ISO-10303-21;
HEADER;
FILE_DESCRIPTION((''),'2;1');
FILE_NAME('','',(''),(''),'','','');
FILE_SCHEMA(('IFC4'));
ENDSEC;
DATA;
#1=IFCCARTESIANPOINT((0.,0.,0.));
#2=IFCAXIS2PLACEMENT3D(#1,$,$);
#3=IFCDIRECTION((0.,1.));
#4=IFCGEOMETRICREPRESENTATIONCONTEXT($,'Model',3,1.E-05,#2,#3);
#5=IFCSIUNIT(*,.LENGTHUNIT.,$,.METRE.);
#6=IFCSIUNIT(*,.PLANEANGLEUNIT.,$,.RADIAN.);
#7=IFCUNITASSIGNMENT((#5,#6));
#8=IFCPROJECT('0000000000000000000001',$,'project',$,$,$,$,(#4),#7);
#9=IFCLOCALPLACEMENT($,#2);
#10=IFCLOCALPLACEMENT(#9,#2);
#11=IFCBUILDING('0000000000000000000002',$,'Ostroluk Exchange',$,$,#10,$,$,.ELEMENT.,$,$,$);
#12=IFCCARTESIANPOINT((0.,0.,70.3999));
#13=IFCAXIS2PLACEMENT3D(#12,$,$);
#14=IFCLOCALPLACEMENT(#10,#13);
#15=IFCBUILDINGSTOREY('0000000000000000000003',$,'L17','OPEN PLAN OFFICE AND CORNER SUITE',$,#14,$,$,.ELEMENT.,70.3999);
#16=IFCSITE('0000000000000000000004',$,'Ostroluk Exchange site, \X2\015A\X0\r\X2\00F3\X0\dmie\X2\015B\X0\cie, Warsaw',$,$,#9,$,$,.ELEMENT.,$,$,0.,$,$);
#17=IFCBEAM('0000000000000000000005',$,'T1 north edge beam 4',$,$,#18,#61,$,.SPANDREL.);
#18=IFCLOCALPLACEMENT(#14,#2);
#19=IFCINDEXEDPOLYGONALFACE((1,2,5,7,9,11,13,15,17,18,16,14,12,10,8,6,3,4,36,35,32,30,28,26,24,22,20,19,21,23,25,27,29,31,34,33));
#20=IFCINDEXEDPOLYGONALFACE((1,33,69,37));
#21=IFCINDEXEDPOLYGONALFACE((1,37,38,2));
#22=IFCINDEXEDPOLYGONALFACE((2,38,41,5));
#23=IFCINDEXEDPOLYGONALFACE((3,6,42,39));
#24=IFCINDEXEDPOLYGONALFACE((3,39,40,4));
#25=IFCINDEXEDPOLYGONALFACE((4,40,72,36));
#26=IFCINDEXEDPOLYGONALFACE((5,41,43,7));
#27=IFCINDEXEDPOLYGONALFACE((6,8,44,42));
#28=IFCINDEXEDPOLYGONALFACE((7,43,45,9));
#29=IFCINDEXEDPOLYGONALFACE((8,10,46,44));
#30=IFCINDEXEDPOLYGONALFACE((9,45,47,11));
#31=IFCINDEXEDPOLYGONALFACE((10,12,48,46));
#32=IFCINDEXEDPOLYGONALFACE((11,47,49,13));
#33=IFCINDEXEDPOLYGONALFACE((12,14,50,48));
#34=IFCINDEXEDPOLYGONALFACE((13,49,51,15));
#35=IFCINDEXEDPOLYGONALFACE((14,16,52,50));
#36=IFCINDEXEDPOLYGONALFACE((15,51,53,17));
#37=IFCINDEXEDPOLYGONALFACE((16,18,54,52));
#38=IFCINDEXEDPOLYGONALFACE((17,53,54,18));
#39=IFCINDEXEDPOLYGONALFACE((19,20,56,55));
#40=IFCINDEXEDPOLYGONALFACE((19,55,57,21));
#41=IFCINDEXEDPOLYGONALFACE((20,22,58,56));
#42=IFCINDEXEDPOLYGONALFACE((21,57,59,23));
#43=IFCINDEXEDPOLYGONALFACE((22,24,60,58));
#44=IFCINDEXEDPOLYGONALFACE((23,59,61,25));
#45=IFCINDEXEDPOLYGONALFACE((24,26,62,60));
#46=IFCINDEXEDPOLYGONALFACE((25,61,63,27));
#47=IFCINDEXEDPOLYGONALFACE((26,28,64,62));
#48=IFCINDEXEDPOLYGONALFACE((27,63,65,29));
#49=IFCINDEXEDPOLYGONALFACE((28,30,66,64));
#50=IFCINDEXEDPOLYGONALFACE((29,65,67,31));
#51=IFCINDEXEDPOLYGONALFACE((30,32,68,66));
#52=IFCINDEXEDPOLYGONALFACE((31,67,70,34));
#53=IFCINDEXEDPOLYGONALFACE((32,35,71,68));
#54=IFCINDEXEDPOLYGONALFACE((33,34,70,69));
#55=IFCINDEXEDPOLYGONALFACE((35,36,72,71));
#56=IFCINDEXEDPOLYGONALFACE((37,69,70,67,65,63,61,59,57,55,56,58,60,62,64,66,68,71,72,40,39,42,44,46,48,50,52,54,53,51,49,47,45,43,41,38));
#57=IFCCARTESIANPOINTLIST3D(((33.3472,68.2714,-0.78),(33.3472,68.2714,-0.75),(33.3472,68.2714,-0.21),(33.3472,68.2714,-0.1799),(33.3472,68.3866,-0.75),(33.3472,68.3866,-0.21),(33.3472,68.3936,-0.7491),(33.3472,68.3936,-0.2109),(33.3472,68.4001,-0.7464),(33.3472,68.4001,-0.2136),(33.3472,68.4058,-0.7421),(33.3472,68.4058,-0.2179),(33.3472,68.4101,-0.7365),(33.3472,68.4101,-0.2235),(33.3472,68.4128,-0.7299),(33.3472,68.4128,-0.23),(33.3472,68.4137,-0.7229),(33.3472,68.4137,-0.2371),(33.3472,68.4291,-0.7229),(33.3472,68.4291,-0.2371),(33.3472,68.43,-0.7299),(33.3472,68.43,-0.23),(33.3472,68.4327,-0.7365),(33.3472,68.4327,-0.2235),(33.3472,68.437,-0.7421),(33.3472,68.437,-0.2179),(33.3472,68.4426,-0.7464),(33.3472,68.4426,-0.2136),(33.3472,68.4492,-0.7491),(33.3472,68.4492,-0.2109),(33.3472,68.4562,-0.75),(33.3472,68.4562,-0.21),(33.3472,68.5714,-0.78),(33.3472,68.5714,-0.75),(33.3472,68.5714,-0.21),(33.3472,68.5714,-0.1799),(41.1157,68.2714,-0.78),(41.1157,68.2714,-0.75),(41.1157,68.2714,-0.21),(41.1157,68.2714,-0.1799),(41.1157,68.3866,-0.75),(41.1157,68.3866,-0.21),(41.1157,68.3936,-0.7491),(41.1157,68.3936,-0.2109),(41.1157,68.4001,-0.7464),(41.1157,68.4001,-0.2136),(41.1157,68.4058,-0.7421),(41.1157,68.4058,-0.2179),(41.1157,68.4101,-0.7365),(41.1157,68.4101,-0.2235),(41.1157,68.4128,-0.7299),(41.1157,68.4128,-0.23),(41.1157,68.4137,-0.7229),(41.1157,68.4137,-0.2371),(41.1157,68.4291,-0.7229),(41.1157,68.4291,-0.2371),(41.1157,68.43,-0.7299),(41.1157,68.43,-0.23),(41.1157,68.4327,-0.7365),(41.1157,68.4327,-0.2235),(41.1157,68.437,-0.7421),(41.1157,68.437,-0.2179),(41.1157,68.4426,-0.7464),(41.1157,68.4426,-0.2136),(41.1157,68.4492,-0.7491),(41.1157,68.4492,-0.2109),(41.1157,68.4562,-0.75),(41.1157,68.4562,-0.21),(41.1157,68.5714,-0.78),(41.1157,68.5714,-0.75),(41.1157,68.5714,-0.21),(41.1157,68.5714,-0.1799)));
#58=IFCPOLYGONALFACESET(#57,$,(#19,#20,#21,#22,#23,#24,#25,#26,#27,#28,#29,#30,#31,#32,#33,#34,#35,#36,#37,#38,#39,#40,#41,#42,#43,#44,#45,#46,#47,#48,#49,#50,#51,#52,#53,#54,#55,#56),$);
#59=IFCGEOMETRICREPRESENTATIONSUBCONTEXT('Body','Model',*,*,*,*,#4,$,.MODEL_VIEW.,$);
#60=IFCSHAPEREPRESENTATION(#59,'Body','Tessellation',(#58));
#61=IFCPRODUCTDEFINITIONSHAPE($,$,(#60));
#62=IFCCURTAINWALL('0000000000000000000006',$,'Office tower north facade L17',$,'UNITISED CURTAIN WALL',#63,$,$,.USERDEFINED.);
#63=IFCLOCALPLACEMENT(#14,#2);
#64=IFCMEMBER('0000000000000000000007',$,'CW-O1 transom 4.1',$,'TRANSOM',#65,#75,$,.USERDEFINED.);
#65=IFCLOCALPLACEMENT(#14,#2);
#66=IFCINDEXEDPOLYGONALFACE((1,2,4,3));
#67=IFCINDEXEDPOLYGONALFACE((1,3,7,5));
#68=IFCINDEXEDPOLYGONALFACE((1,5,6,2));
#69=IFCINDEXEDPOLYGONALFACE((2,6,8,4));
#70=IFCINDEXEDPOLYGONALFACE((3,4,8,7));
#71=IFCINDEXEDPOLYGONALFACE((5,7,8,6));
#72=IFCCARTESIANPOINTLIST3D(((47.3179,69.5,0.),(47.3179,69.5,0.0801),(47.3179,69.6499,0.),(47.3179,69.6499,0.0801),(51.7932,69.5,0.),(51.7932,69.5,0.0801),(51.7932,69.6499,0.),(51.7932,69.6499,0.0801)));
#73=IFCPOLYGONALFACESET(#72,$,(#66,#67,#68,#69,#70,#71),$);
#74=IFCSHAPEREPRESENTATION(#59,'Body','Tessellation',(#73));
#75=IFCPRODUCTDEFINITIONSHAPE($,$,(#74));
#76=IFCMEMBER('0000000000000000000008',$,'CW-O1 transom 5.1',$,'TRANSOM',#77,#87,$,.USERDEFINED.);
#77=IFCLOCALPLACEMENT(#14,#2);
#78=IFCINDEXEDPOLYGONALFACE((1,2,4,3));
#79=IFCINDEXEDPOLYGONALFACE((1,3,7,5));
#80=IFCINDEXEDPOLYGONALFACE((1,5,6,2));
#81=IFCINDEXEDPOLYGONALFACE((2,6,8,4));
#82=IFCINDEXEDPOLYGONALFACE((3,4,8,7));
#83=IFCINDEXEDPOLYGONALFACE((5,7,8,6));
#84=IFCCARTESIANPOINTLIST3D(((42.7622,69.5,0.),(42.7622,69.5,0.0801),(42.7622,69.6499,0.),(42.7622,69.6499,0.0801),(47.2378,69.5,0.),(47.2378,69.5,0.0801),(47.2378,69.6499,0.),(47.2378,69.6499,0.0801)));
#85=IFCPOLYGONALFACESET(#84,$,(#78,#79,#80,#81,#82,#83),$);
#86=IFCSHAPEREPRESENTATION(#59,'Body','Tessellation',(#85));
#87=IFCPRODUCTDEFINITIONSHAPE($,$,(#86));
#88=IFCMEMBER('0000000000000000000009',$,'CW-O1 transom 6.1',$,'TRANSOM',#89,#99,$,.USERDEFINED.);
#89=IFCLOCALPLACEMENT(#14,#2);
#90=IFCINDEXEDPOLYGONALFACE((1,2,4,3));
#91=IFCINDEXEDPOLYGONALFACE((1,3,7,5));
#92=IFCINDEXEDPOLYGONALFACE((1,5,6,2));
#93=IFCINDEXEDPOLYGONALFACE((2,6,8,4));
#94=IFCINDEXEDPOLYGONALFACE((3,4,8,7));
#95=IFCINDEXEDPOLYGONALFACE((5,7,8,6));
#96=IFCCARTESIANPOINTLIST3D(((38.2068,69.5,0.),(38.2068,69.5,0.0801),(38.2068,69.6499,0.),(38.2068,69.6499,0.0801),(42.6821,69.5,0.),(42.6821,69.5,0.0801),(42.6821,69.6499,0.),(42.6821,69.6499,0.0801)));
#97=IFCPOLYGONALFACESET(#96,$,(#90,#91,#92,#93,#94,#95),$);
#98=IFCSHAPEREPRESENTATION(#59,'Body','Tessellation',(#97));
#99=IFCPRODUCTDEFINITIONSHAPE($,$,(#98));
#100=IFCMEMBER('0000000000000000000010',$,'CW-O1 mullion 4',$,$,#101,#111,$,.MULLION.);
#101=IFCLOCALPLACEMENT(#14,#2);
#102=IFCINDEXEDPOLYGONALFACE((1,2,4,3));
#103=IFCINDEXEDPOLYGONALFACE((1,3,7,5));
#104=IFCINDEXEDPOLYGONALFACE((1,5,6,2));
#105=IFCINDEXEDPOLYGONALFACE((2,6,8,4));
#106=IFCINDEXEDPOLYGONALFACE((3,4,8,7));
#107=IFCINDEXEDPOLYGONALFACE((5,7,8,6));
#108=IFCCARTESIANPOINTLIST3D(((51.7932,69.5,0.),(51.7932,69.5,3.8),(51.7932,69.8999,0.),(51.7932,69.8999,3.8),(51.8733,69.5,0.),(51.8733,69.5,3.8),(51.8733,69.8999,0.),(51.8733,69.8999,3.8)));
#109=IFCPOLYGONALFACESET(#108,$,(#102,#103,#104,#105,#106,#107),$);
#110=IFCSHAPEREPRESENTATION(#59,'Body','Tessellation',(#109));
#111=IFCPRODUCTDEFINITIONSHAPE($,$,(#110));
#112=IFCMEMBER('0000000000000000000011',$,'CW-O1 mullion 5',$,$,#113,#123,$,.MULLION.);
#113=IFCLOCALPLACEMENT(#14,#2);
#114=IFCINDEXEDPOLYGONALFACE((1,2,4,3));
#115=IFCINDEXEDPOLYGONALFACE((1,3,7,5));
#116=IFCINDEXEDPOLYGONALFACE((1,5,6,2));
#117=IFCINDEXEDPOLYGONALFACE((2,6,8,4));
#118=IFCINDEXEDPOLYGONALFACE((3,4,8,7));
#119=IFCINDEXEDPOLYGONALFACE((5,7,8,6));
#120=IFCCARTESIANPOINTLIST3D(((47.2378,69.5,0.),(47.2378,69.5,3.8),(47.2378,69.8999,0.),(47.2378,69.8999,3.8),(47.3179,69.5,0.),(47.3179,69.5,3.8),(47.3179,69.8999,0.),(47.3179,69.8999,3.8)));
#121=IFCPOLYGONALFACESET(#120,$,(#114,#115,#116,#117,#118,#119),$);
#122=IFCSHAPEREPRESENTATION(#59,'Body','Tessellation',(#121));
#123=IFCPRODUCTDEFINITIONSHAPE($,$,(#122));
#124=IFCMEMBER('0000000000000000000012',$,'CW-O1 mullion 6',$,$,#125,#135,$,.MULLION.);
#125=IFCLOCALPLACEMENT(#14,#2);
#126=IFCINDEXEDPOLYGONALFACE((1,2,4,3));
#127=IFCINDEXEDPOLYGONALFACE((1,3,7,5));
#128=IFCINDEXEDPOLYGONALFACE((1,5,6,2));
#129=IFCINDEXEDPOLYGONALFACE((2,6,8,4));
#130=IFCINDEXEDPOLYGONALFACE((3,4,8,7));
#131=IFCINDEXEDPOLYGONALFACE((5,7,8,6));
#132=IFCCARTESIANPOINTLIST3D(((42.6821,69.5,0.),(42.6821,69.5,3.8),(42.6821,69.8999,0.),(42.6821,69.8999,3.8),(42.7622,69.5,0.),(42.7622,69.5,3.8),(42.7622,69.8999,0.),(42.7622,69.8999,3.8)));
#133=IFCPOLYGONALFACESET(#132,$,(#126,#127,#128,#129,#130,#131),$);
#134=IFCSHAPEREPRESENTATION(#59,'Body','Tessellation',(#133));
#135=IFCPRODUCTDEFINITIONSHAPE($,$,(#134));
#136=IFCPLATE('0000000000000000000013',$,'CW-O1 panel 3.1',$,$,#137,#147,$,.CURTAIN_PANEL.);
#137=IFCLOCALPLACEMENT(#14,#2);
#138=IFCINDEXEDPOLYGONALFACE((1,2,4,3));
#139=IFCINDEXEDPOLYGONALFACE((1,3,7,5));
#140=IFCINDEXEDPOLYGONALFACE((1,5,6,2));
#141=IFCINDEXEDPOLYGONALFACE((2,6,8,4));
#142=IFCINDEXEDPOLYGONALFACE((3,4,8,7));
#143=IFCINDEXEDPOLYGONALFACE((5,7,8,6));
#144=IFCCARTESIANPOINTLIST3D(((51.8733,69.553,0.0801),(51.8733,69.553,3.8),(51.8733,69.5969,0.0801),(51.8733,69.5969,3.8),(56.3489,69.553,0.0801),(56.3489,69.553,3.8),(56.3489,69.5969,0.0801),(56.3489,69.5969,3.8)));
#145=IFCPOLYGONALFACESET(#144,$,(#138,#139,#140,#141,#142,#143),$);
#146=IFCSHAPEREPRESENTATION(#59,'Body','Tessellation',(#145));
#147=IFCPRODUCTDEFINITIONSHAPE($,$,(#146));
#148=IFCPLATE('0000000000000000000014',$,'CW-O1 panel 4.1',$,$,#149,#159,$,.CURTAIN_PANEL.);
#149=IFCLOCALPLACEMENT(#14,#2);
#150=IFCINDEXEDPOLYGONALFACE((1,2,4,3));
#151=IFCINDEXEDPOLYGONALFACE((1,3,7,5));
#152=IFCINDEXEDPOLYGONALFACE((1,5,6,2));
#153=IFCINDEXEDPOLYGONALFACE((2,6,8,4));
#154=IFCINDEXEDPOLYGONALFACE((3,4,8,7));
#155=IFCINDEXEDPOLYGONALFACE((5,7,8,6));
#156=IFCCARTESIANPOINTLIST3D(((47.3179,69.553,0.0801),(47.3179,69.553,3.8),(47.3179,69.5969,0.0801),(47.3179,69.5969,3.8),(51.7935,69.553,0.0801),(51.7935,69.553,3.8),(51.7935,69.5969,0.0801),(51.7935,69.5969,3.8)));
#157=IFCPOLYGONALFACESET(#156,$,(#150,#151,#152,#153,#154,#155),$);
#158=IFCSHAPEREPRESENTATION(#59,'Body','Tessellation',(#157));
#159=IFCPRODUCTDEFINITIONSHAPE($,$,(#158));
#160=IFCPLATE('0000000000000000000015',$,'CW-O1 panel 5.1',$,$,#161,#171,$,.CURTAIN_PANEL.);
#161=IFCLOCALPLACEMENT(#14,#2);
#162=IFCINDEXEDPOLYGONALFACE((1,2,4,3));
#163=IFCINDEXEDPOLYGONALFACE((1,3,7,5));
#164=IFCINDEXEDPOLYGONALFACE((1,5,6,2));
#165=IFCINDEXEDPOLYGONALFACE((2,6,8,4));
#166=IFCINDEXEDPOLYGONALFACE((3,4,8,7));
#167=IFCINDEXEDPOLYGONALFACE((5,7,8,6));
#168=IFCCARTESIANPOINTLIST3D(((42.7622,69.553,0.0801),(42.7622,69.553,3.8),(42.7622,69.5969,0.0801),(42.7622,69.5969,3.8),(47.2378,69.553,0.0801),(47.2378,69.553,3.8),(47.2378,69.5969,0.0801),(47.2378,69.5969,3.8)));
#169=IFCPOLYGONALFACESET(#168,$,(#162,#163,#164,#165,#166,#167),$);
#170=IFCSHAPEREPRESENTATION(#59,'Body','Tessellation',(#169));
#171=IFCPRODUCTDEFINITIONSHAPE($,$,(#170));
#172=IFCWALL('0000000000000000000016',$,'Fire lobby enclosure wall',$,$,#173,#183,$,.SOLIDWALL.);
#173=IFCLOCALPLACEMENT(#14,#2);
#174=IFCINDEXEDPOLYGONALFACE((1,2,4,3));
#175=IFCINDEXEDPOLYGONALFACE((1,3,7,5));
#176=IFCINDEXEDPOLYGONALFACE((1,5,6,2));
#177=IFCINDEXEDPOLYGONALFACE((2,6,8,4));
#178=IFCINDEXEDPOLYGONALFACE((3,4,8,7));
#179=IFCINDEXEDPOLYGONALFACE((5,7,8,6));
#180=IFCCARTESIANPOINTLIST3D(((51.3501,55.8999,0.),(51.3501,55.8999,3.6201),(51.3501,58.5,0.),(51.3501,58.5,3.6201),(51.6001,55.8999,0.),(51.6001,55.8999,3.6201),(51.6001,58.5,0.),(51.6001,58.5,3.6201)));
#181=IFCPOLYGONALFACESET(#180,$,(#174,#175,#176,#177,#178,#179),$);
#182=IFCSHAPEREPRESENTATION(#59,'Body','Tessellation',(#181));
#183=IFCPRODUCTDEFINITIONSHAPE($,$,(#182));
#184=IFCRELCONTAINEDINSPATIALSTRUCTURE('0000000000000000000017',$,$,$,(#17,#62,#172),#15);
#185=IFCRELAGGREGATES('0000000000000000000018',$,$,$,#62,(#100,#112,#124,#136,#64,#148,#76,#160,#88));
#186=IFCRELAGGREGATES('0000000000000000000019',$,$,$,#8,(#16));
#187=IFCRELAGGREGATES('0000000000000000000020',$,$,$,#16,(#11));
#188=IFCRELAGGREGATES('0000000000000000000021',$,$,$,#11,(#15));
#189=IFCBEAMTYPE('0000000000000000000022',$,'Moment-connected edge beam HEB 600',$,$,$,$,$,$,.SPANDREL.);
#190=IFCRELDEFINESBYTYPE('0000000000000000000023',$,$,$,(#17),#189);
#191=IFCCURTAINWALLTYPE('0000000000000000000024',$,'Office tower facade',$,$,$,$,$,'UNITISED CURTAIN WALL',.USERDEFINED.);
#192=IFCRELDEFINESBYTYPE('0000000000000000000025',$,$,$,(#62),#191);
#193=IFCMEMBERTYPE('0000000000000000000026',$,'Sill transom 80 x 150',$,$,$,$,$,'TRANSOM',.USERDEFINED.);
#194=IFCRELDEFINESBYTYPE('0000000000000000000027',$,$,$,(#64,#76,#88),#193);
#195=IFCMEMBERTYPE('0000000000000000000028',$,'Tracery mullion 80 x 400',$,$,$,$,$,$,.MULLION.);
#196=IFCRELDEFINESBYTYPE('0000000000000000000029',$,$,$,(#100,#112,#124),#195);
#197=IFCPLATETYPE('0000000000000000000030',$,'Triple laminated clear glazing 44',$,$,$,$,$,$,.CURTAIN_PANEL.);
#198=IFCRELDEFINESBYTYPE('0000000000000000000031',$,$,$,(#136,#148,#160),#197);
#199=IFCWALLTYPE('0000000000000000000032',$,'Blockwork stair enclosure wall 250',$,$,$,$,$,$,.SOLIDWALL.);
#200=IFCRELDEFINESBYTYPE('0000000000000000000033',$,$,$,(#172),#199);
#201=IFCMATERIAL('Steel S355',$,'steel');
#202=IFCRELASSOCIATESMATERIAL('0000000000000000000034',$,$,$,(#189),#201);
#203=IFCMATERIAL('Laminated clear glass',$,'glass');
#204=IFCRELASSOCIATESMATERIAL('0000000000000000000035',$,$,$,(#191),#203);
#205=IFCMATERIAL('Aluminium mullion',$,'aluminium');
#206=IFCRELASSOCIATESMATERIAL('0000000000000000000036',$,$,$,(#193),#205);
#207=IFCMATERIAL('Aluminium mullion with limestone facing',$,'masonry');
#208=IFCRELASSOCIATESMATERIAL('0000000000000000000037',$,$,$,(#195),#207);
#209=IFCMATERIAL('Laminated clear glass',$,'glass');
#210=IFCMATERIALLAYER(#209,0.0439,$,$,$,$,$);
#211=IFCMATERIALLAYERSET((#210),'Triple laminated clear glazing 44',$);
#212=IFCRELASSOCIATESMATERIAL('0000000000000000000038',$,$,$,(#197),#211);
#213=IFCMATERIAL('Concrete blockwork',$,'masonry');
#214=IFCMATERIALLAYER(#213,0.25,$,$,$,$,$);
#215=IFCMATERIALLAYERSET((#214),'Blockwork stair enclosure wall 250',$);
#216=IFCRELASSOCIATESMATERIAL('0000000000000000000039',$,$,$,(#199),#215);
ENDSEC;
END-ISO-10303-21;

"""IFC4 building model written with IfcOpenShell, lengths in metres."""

from ifc_helpers import new_model, si_unit, direction, frame, frame_2d, origin, origin_2d, place, context, subcontext, project, spatial, rectangle, i_section, extrude, material, layer, layer_set, material_profile, profile_set, type_object, element, aggregate, save


model = new_model("IFC4")

# Units and contexts
model_context = context("Model", 3, precision=1e-05, world=origin(), true_north=direction((0.0, 1.0)))
body_context = subcontext(model_context, "Body", "Model", "MODEL_VIEW")
ifc_project = project(units=[si_unit("LENGTHUNIT", "METRE"), si_unit("PLANEANGLEUNIT", "RADIAN")], contexts=[model_context])

# Site, building, storey
site_placement = place(None, origin())
site = spatial("IfcSite", under=ifc_project, at=site_placement, Name="Ostroluk Exchange site, Śródmieście, Warsaw", CompositionType="ELEMENT", RefElevation=0.0)
building_placement = place(site_placement, origin())
building = spatial("IfcBuilding", under=site, at=building_placement, Name="Ostroluk Exchange", CompositionType="ELEMENT")
storey_placement = place(building_placement, frame((0.0, 0.0, 70.3999)))
storey = spatial("IfcBuildingStorey", under=building, at=storey_placement, Name="L17", Description="OPEN PLAN OFFICE AND CORNER SUITE", CompositionType="ELEMENT", Elevation=70.3999)

# Beam
ifc_material_1 = material(Name="Steel S355", Category="steel")
ifc_material_profile_1 = material_profile(ifc_material_1, i_section(OverallWidth=0.3, OverallDepth=0.6001, WebThickness=0.0154, FlangeThickness=0.03, FilletRadius=0.0271, at=origin_2d()), Name="HEB 600")
ifc_profile_set_1 = profile_set([ifc_material_profile_1], Name="Steel S355")
beam_type_1 = type_object("IfcBeamType", Name="Moment-connected edge beam HEB 600", PredefinedType="SPANDREL", material=ifc_profile_set_1)
for number, where, z_axis, x_axis, name in (
    (1, (41.1157, 68.4214, -0.48), (-1.0, 0.0, 0.0), (0.0, -1.0, 0.0), "T1 north edge beam 4"),
):
    element("IfcBeam", number, at=place(storey_placement, frame(where, z_axis=z_axis, x_axis=x_axis)), inside=storey, type_object=beam_type_1, Name=name, PredefinedType="SPANDREL", context=body_context, shape_type="SweptSolid", body=[
        extrude(i_section(OverallWidth=0.3, OverallDepth=0.6001, WebThickness=0.0154, FlangeThickness=0.03, FilletRadius=0.0271, at=origin_2d()), origin(), (0.0, 0.0, 1.0), 7.7686),
    ])

# Curtain wall, members, plates
ifc_material_2 = material(Name="Laminated clear glass", Category="glass")
curtain_wall_type = type_object("IfcCurtainWallType", Name="Office tower facade", ElementType="UNITISED CURTAIN WALL", PredefinedType="USERDEFINED", material=ifc_material_2)
curtain_wall_placement = place(storey_placement, origin())
curtain_wall = element("IfcCurtainWall", 2, at=curtain_wall_placement, inside=storey, type_object=curtain_wall_type, Name="Office tower north facade L17", ObjectType="UNITISED CURTAIN WALL", PredefinedType="USERDEFINED")
ifc_material_3 = material(Name="Aluminium mullion", Category="aluminium")
ifc_material_profile_2 = material_profile(ifc_material_3, rectangle(XDim=0.1499, YDim=0.0801, at=origin_2d()), Name="Sill transom 80 x 150")
ifc_profile_set_2 = profile_set([ifc_material_profile_2], Name="Aluminium mullion")
member_type_1 = type_object("IfcMemberType", Name="Sill transom 80 x 150", ElementType="TRANSOM", PredefinedType="USERDEFINED", material=ifc_profile_set_2)
member_1_placement = place(storey_placement, frame((51.7932, 69.575, 0.04), z_axis=(-1.0, 0.0, 0.0), x_axis=(0.0, -1.0, 0.0)))
member_1 = element("IfcMember", 3, at=member_1_placement, type_object=member_type_1, Name="CW-O1 transom 4.1", ObjectType="TRANSOM", PredefinedType="USERDEFINED", context=body_context, shape_type="SweptSolid", body=[
    extrude(rectangle(XDim=0.1499, YDim=0.0801, at=origin_2d()), origin(), (0.0, 0.0, 1.0), 4.4753),
])
member_2_placement = place(storey_placement, frame((47.2378, 69.575, 0.04), z_axis=(-1.0, 0.0, 0.0), x_axis=(0.0, -1.0, 0.0)))
member_2 = element("IfcMember", 4, at=member_2_placement, type_object=member_type_1, Name="CW-O1 transom 5.1", ObjectType="TRANSOM", PredefinedType="USERDEFINED", context=body_context, shape_type="SweptSolid", body=[
    extrude(rectangle(XDim=0.1499, YDim=0.0801, at=origin_2d()), origin(), (0.0, 0.0, 1.0), 4.4756),
])
member_3_placement = place(storey_placement, frame((42.6821, 69.575, 0.04), z_axis=(-1.0, 0.0, 0.0), x_axis=(0.0, -1.0, 0.0)))
member_3 = element("IfcMember", 5, at=member_3_placement, type_object=member_type_1, Name="CW-O1 transom 6.1", ObjectType="TRANSOM", PredefinedType="USERDEFINED", context=body_context, shape_type="SweptSolid", body=[
    extrude(rectangle(XDim=0.1499, YDim=0.0801, at=origin_2d()), origin(), (0.0, 0.0, 1.0), 4.4753),
])
ifc_material_4 = material(Name="Aluminium mullion with limestone facing", Category="masonry")
ifc_material_profile_3 = material_profile(ifc_material_4, rectangle(XDim=0.3999, YDim=0.0801, at=origin_2d()), Name="Tracery mullion 80 x 400")
ifc_profile_set_3 = profile_set([ifc_material_profile_3], Name="Aluminium mullion with limestone facing")
member_type_2 = type_object("IfcMemberType", Name="Tracery mullion 80 x 400", PredefinedType="MULLION", material=ifc_profile_set_3)
member_4_placement = place(storey_placement, frame((51.8333, 69.7, 0.0), z_axis=(0.0, 0.0, 1.0), x_axis=(0.0, -1.0, 0.0)))
member_4 = element("IfcMember", 6, at=member_4_placement, type_object=member_type_2, Name="CW-O1 mullion 4", PredefinedType="MULLION", context=body_context, shape_type="SweptSolid", body=[
    extrude(rectangle(XDim=0.3999, YDim=0.0801, at=origin_2d()), origin(), (0.0, 0.0, 1.0), 3.8),
])
member_5_placement = place(storey_placement, frame((47.2778, 69.7, 0.0), z_axis=(0.0, 0.0, 1.0), x_axis=(0.0, -1.0, 0.0)))
member_5 = element("IfcMember", 7, at=member_5_placement, type_object=member_type_2, Name="CW-O1 mullion 5", PredefinedType="MULLION", context=body_context, shape_type="SweptSolid", body=[
    extrude(rectangle(XDim=0.3999, YDim=0.0801, at=origin_2d()), origin(), (0.0, 0.0, 1.0), 3.8),
])
member_6_placement = place(storey_placement, frame((42.7222, 69.7, 0.0), z_axis=(0.0, 0.0, 1.0), x_axis=(0.0, -1.0, 0.0)))
member_6 = element("IfcMember", 8, at=member_6_placement, type_object=member_type_2, Name="CW-O1 mullion 6", PredefinedType="MULLION", context=body_context, shape_type="SweptSolid", body=[
    extrude(rectangle(XDim=0.3999, YDim=0.0801, at=origin_2d()), origin(), (0.0, 0.0, 1.0), 3.8),
])
ifc_material_5 = material(Name="Laminated clear glass", Category="glass")
ifc_layer_1 = layer(ifc_material_5, 0.0439)
ifc_layer_set_1 = layer_set([ifc_layer_1], Name="Triple laminated clear glazing 44")
plate_type = type_object("IfcPlateType", Name="Triple laminated clear glazing 44", PredefinedType="CURTAIN_PANEL", material=ifc_layer_set_1)
plate_1_placement = place(storey_placement, frame((54.1111, 69.575, 0.0801), z_axis=(0.0, 0.0, 1.0), x_axis=(-1.0, 0.0, 0.0)))
plate_1 = element("IfcPlate", 9, at=plate_1_placement, type_object=plate_type, Name="CW-O1 panel 3.1", PredefinedType="CURTAIN_PANEL", context=body_context, shape_type="SweptSolid", body=[
    extrude(rectangle(XDim=4.4756, YDim=0.0439, at=origin_2d()), origin(), (0.0, 0.0, 1.0), 3.72),
])
plate_2_placement = place(storey_placement, frame((49.5557, 69.575, 0.0801), z_axis=(0.0, 0.0, 1.0), x_axis=(-1.0, 0.0, 0.0)))
plate_2 = element("IfcPlate", 10, at=plate_2_placement, type_object=plate_type, Name="CW-O1 panel 4.1", PredefinedType="CURTAIN_PANEL", context=body_context, shape_type="SweptSolid", body=[
    extrude(rectangle(XDim=4.4756, YDim=0.0439, at=origin_2d()), origin(), (0.0, 0.0, 1.0), 3.72),
])
plate_3_placement = place(storey_placement, frame((45.0, 69.575, 0.0801), z_axis=(0.0, 0.0, 1.0), x_axis=(-1.0, 0.0, 0.0)))
plate_3 = element("IfcPlate", 11, at=plate_3_placement, type_object=plate_type, Name="CW-O1 panel 5.1", PredefinedType="CURTAIN_PANEL", context=body_context, shape_type="SweptSolid", body=[
    extrude(rectangle(XDim=4.4756, YDim=0.0439, at=origin_2d()), origin(), (0.0, 0.0, 1.0), 3.72),
])
aggregate(curtain_wall, [member_4, member_5, member_6, plate_1, member_1, plate_2, member_2, plate_3, member_3])

# Wall
ifc_material_6 = material(Name="Concrete blockwork", Category="masonry")
ifc_layer_2 = layer(ifc_material_6, 0.25)
ifc_layer_set_2 = layer_set([ifc_layer_2], Name="Blockwork stair enclosure wall 250")
wall_type_1 = type_object("IfcWallType", Name="Blockwork stair enclosure wall 250", PredefinedType="SOLIDWALL", material=ifc_layer_set_2)
wall_placement = place(storey_placement, frame((51.4751, 55.8999, 0.0), z_axis=(0.0, 0.0, 1.0), x_axis=(0.0, 1.0, 0.0)))
element("IfcWall", 12, at=wall_placement, inside=storey, type_object=wall_type_1, Name="Fire lobby enclosure wall", PredefinedType="SOLIDWALL", context=body_context, shape_type="SweptSolid", body=[
    extrude(rectangle(XDim=2.6001, YDim=0.25, at=frame_2d((1.3, 0.0))), origin(), (0.0, 0.0, 1.0), 3.6201),
])

save(model, "model.ifc")
